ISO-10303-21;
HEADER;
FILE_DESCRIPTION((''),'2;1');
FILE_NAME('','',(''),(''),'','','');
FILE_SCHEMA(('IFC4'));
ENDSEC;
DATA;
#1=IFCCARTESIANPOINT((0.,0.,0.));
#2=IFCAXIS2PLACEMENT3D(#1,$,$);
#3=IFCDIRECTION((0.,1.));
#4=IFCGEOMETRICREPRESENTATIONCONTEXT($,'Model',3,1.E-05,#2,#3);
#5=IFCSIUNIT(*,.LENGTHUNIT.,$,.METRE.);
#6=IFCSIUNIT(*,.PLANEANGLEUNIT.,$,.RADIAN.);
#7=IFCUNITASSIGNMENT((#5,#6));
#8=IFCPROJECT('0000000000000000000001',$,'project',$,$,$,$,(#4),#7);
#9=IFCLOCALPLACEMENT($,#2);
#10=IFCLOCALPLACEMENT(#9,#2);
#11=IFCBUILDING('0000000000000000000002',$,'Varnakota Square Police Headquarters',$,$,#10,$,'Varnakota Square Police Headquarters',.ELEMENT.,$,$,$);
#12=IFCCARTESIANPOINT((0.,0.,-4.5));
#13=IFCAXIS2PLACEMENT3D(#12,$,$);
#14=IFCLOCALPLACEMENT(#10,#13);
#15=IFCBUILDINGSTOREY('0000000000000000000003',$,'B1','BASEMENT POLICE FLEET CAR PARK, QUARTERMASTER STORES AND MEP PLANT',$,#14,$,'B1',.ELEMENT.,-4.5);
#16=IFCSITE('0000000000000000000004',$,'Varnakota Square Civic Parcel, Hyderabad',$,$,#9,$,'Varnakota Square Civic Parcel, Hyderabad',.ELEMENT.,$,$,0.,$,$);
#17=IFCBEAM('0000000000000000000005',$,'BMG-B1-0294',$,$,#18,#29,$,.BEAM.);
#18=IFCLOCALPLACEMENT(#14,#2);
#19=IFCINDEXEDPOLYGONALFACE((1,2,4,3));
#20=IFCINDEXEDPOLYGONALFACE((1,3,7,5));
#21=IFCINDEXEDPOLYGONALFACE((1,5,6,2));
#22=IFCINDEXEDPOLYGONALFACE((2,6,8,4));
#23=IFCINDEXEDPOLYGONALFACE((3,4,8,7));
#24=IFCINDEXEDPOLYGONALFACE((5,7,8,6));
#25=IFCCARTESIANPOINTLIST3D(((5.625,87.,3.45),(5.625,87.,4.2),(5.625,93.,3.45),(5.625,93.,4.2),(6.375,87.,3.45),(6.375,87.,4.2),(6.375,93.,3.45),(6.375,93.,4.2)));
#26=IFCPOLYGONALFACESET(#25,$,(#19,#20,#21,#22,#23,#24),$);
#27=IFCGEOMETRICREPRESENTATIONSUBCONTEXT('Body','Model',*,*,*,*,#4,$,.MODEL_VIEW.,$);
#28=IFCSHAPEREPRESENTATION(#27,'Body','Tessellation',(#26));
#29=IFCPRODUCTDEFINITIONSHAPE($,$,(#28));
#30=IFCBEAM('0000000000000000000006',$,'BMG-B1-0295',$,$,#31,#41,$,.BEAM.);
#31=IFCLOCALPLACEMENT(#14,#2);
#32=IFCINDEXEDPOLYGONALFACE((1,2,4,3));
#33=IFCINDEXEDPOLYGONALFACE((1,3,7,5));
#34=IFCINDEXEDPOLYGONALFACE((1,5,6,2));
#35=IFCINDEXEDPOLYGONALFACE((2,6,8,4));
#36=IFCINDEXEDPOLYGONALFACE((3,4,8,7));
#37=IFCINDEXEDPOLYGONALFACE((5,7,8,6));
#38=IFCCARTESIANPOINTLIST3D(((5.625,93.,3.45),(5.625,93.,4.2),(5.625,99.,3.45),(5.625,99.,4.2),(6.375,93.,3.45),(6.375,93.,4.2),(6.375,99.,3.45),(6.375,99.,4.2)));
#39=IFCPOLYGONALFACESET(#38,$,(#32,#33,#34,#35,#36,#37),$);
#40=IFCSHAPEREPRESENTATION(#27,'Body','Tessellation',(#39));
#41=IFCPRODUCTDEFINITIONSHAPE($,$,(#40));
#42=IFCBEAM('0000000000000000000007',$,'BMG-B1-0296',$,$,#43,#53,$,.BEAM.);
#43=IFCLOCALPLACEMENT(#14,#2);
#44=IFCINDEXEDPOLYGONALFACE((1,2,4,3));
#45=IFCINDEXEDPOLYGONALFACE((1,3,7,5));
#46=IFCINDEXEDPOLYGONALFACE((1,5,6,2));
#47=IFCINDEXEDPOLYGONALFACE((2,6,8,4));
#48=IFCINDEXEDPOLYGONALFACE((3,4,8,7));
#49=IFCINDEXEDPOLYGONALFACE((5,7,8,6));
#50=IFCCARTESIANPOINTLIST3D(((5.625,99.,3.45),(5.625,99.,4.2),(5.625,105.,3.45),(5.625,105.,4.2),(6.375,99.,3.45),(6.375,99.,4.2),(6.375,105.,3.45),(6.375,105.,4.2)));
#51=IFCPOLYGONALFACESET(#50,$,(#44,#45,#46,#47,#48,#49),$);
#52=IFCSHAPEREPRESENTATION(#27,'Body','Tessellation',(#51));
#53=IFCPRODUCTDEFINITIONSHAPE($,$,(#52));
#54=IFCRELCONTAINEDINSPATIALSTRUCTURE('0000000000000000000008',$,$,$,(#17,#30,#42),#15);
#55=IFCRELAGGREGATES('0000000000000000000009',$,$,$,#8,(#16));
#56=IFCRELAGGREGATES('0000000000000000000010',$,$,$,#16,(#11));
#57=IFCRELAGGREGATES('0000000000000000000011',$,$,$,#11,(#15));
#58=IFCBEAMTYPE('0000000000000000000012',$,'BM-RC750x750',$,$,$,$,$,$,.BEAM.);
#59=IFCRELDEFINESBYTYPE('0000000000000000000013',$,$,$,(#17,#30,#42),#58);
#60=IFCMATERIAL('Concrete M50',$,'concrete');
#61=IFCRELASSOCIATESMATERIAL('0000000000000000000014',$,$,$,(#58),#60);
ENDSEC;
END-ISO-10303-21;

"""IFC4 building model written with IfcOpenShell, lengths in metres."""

from ifc_helpers import new_model, si_unit, direction, frame, origin, origin_2d, place, context, subcontext, project, spatial, rectangle, extrude, material, material_profile, profile_set, type_object, element, save


model = new_model("IFC4")

# Units and contexts
model_context = context("Model", 3, precision=1e-05, world=origin(), true_north=direction((0.0, 1.0)))
body_context = subcontext(model_context, "Body", "Model", "MODEL_VIEW")
ifc_project = project(units=[si_unit("LENGTHUNIT", "METRE"), si_unit("PLANEANGLEUNIT", "RADIAN")], contexts=[model_context])

# Site, building, storey
site_placement = place(None, origin())
site = spatial("IfcSite", under=ifc_project, at=site_placement, Name="Varnakota Square Civic Parcel, Hyderabad", LongName="Varnakota Square Civic Parcel, Hyderabad", CompositionType="ELEMENT", RefElevation=0.0)
building_placement = place(site_placement, origin())
building = spatial("IfcBuilding", under=site, at=building_placement, Name="Varnakota Square Police Headquarters", LongName="Varnakota Square Police Headquarters", CompositionType="ELEMENT")
storey_placement = place(building_placement, frame((0.0, 0.0, -4.5)))
storey = spatial("IfcBuildingStorey", under=building, at=storey_placement, Name="B1", Description="BASEMENT POLICE FLEET CAR PARK, QUARTERMASTER STORES AND MEP PLANT", LongName="B1", CompositionType="ELEMENT", Elevation=-4.5)

# Shared definitions
ifc_material_1 = material(Name="Concrete M50", Category="concrete")

# Beams
ifc_material_profile_1 = material_profile(ifc_material_1, rectangle(XDim=0.75, YDim=0.75, at=origin_2d()), Name="RC 750x750")
ifc_profile_set_1 = profile_set([ifc_material_profile_1], Name="Concrete M50")
beam_type_1 = type_object("IfcBeamType", Name="BM-RC750x750", PredefinedType="BEAM", material=ifc_profile_set_1)
for number, where, z_axis, x_axis, name in (
    (1, (6.0, 87.0, 3.825), (0.0, 1.0, 0.0), (-1.0, 0.0, 0.0), "BMG-B1-0294"),
    (2, (6.0, 93.0, 3.825), (0.0, 1.0, 0.0), (-1.0, 0.0, 0.0), "BMG-B1-0295"),
    (3, (6.0, 99.0, 3.825), (0.0, 1.0, 0.0), (-1.0, 0.0, 0.0), "BMG-B1-0296"),
):
    element("IfcBeam", number, at=place(storey_placement, frame(where, z_axis=z_axis, x_axis=x_axis)), inside=storey, type_object=beam_type_1, Name=name, PredefinedType="BEAM", context=body_context, shape_type="SweptSolid", body=[
        extrude(rectangle(XDim=0.75, YDim=0.75, at=origin_2d()), origin(), (0.0, 0.0, 1.0), 6.0),
    ])

save(model, "model.ifc")
